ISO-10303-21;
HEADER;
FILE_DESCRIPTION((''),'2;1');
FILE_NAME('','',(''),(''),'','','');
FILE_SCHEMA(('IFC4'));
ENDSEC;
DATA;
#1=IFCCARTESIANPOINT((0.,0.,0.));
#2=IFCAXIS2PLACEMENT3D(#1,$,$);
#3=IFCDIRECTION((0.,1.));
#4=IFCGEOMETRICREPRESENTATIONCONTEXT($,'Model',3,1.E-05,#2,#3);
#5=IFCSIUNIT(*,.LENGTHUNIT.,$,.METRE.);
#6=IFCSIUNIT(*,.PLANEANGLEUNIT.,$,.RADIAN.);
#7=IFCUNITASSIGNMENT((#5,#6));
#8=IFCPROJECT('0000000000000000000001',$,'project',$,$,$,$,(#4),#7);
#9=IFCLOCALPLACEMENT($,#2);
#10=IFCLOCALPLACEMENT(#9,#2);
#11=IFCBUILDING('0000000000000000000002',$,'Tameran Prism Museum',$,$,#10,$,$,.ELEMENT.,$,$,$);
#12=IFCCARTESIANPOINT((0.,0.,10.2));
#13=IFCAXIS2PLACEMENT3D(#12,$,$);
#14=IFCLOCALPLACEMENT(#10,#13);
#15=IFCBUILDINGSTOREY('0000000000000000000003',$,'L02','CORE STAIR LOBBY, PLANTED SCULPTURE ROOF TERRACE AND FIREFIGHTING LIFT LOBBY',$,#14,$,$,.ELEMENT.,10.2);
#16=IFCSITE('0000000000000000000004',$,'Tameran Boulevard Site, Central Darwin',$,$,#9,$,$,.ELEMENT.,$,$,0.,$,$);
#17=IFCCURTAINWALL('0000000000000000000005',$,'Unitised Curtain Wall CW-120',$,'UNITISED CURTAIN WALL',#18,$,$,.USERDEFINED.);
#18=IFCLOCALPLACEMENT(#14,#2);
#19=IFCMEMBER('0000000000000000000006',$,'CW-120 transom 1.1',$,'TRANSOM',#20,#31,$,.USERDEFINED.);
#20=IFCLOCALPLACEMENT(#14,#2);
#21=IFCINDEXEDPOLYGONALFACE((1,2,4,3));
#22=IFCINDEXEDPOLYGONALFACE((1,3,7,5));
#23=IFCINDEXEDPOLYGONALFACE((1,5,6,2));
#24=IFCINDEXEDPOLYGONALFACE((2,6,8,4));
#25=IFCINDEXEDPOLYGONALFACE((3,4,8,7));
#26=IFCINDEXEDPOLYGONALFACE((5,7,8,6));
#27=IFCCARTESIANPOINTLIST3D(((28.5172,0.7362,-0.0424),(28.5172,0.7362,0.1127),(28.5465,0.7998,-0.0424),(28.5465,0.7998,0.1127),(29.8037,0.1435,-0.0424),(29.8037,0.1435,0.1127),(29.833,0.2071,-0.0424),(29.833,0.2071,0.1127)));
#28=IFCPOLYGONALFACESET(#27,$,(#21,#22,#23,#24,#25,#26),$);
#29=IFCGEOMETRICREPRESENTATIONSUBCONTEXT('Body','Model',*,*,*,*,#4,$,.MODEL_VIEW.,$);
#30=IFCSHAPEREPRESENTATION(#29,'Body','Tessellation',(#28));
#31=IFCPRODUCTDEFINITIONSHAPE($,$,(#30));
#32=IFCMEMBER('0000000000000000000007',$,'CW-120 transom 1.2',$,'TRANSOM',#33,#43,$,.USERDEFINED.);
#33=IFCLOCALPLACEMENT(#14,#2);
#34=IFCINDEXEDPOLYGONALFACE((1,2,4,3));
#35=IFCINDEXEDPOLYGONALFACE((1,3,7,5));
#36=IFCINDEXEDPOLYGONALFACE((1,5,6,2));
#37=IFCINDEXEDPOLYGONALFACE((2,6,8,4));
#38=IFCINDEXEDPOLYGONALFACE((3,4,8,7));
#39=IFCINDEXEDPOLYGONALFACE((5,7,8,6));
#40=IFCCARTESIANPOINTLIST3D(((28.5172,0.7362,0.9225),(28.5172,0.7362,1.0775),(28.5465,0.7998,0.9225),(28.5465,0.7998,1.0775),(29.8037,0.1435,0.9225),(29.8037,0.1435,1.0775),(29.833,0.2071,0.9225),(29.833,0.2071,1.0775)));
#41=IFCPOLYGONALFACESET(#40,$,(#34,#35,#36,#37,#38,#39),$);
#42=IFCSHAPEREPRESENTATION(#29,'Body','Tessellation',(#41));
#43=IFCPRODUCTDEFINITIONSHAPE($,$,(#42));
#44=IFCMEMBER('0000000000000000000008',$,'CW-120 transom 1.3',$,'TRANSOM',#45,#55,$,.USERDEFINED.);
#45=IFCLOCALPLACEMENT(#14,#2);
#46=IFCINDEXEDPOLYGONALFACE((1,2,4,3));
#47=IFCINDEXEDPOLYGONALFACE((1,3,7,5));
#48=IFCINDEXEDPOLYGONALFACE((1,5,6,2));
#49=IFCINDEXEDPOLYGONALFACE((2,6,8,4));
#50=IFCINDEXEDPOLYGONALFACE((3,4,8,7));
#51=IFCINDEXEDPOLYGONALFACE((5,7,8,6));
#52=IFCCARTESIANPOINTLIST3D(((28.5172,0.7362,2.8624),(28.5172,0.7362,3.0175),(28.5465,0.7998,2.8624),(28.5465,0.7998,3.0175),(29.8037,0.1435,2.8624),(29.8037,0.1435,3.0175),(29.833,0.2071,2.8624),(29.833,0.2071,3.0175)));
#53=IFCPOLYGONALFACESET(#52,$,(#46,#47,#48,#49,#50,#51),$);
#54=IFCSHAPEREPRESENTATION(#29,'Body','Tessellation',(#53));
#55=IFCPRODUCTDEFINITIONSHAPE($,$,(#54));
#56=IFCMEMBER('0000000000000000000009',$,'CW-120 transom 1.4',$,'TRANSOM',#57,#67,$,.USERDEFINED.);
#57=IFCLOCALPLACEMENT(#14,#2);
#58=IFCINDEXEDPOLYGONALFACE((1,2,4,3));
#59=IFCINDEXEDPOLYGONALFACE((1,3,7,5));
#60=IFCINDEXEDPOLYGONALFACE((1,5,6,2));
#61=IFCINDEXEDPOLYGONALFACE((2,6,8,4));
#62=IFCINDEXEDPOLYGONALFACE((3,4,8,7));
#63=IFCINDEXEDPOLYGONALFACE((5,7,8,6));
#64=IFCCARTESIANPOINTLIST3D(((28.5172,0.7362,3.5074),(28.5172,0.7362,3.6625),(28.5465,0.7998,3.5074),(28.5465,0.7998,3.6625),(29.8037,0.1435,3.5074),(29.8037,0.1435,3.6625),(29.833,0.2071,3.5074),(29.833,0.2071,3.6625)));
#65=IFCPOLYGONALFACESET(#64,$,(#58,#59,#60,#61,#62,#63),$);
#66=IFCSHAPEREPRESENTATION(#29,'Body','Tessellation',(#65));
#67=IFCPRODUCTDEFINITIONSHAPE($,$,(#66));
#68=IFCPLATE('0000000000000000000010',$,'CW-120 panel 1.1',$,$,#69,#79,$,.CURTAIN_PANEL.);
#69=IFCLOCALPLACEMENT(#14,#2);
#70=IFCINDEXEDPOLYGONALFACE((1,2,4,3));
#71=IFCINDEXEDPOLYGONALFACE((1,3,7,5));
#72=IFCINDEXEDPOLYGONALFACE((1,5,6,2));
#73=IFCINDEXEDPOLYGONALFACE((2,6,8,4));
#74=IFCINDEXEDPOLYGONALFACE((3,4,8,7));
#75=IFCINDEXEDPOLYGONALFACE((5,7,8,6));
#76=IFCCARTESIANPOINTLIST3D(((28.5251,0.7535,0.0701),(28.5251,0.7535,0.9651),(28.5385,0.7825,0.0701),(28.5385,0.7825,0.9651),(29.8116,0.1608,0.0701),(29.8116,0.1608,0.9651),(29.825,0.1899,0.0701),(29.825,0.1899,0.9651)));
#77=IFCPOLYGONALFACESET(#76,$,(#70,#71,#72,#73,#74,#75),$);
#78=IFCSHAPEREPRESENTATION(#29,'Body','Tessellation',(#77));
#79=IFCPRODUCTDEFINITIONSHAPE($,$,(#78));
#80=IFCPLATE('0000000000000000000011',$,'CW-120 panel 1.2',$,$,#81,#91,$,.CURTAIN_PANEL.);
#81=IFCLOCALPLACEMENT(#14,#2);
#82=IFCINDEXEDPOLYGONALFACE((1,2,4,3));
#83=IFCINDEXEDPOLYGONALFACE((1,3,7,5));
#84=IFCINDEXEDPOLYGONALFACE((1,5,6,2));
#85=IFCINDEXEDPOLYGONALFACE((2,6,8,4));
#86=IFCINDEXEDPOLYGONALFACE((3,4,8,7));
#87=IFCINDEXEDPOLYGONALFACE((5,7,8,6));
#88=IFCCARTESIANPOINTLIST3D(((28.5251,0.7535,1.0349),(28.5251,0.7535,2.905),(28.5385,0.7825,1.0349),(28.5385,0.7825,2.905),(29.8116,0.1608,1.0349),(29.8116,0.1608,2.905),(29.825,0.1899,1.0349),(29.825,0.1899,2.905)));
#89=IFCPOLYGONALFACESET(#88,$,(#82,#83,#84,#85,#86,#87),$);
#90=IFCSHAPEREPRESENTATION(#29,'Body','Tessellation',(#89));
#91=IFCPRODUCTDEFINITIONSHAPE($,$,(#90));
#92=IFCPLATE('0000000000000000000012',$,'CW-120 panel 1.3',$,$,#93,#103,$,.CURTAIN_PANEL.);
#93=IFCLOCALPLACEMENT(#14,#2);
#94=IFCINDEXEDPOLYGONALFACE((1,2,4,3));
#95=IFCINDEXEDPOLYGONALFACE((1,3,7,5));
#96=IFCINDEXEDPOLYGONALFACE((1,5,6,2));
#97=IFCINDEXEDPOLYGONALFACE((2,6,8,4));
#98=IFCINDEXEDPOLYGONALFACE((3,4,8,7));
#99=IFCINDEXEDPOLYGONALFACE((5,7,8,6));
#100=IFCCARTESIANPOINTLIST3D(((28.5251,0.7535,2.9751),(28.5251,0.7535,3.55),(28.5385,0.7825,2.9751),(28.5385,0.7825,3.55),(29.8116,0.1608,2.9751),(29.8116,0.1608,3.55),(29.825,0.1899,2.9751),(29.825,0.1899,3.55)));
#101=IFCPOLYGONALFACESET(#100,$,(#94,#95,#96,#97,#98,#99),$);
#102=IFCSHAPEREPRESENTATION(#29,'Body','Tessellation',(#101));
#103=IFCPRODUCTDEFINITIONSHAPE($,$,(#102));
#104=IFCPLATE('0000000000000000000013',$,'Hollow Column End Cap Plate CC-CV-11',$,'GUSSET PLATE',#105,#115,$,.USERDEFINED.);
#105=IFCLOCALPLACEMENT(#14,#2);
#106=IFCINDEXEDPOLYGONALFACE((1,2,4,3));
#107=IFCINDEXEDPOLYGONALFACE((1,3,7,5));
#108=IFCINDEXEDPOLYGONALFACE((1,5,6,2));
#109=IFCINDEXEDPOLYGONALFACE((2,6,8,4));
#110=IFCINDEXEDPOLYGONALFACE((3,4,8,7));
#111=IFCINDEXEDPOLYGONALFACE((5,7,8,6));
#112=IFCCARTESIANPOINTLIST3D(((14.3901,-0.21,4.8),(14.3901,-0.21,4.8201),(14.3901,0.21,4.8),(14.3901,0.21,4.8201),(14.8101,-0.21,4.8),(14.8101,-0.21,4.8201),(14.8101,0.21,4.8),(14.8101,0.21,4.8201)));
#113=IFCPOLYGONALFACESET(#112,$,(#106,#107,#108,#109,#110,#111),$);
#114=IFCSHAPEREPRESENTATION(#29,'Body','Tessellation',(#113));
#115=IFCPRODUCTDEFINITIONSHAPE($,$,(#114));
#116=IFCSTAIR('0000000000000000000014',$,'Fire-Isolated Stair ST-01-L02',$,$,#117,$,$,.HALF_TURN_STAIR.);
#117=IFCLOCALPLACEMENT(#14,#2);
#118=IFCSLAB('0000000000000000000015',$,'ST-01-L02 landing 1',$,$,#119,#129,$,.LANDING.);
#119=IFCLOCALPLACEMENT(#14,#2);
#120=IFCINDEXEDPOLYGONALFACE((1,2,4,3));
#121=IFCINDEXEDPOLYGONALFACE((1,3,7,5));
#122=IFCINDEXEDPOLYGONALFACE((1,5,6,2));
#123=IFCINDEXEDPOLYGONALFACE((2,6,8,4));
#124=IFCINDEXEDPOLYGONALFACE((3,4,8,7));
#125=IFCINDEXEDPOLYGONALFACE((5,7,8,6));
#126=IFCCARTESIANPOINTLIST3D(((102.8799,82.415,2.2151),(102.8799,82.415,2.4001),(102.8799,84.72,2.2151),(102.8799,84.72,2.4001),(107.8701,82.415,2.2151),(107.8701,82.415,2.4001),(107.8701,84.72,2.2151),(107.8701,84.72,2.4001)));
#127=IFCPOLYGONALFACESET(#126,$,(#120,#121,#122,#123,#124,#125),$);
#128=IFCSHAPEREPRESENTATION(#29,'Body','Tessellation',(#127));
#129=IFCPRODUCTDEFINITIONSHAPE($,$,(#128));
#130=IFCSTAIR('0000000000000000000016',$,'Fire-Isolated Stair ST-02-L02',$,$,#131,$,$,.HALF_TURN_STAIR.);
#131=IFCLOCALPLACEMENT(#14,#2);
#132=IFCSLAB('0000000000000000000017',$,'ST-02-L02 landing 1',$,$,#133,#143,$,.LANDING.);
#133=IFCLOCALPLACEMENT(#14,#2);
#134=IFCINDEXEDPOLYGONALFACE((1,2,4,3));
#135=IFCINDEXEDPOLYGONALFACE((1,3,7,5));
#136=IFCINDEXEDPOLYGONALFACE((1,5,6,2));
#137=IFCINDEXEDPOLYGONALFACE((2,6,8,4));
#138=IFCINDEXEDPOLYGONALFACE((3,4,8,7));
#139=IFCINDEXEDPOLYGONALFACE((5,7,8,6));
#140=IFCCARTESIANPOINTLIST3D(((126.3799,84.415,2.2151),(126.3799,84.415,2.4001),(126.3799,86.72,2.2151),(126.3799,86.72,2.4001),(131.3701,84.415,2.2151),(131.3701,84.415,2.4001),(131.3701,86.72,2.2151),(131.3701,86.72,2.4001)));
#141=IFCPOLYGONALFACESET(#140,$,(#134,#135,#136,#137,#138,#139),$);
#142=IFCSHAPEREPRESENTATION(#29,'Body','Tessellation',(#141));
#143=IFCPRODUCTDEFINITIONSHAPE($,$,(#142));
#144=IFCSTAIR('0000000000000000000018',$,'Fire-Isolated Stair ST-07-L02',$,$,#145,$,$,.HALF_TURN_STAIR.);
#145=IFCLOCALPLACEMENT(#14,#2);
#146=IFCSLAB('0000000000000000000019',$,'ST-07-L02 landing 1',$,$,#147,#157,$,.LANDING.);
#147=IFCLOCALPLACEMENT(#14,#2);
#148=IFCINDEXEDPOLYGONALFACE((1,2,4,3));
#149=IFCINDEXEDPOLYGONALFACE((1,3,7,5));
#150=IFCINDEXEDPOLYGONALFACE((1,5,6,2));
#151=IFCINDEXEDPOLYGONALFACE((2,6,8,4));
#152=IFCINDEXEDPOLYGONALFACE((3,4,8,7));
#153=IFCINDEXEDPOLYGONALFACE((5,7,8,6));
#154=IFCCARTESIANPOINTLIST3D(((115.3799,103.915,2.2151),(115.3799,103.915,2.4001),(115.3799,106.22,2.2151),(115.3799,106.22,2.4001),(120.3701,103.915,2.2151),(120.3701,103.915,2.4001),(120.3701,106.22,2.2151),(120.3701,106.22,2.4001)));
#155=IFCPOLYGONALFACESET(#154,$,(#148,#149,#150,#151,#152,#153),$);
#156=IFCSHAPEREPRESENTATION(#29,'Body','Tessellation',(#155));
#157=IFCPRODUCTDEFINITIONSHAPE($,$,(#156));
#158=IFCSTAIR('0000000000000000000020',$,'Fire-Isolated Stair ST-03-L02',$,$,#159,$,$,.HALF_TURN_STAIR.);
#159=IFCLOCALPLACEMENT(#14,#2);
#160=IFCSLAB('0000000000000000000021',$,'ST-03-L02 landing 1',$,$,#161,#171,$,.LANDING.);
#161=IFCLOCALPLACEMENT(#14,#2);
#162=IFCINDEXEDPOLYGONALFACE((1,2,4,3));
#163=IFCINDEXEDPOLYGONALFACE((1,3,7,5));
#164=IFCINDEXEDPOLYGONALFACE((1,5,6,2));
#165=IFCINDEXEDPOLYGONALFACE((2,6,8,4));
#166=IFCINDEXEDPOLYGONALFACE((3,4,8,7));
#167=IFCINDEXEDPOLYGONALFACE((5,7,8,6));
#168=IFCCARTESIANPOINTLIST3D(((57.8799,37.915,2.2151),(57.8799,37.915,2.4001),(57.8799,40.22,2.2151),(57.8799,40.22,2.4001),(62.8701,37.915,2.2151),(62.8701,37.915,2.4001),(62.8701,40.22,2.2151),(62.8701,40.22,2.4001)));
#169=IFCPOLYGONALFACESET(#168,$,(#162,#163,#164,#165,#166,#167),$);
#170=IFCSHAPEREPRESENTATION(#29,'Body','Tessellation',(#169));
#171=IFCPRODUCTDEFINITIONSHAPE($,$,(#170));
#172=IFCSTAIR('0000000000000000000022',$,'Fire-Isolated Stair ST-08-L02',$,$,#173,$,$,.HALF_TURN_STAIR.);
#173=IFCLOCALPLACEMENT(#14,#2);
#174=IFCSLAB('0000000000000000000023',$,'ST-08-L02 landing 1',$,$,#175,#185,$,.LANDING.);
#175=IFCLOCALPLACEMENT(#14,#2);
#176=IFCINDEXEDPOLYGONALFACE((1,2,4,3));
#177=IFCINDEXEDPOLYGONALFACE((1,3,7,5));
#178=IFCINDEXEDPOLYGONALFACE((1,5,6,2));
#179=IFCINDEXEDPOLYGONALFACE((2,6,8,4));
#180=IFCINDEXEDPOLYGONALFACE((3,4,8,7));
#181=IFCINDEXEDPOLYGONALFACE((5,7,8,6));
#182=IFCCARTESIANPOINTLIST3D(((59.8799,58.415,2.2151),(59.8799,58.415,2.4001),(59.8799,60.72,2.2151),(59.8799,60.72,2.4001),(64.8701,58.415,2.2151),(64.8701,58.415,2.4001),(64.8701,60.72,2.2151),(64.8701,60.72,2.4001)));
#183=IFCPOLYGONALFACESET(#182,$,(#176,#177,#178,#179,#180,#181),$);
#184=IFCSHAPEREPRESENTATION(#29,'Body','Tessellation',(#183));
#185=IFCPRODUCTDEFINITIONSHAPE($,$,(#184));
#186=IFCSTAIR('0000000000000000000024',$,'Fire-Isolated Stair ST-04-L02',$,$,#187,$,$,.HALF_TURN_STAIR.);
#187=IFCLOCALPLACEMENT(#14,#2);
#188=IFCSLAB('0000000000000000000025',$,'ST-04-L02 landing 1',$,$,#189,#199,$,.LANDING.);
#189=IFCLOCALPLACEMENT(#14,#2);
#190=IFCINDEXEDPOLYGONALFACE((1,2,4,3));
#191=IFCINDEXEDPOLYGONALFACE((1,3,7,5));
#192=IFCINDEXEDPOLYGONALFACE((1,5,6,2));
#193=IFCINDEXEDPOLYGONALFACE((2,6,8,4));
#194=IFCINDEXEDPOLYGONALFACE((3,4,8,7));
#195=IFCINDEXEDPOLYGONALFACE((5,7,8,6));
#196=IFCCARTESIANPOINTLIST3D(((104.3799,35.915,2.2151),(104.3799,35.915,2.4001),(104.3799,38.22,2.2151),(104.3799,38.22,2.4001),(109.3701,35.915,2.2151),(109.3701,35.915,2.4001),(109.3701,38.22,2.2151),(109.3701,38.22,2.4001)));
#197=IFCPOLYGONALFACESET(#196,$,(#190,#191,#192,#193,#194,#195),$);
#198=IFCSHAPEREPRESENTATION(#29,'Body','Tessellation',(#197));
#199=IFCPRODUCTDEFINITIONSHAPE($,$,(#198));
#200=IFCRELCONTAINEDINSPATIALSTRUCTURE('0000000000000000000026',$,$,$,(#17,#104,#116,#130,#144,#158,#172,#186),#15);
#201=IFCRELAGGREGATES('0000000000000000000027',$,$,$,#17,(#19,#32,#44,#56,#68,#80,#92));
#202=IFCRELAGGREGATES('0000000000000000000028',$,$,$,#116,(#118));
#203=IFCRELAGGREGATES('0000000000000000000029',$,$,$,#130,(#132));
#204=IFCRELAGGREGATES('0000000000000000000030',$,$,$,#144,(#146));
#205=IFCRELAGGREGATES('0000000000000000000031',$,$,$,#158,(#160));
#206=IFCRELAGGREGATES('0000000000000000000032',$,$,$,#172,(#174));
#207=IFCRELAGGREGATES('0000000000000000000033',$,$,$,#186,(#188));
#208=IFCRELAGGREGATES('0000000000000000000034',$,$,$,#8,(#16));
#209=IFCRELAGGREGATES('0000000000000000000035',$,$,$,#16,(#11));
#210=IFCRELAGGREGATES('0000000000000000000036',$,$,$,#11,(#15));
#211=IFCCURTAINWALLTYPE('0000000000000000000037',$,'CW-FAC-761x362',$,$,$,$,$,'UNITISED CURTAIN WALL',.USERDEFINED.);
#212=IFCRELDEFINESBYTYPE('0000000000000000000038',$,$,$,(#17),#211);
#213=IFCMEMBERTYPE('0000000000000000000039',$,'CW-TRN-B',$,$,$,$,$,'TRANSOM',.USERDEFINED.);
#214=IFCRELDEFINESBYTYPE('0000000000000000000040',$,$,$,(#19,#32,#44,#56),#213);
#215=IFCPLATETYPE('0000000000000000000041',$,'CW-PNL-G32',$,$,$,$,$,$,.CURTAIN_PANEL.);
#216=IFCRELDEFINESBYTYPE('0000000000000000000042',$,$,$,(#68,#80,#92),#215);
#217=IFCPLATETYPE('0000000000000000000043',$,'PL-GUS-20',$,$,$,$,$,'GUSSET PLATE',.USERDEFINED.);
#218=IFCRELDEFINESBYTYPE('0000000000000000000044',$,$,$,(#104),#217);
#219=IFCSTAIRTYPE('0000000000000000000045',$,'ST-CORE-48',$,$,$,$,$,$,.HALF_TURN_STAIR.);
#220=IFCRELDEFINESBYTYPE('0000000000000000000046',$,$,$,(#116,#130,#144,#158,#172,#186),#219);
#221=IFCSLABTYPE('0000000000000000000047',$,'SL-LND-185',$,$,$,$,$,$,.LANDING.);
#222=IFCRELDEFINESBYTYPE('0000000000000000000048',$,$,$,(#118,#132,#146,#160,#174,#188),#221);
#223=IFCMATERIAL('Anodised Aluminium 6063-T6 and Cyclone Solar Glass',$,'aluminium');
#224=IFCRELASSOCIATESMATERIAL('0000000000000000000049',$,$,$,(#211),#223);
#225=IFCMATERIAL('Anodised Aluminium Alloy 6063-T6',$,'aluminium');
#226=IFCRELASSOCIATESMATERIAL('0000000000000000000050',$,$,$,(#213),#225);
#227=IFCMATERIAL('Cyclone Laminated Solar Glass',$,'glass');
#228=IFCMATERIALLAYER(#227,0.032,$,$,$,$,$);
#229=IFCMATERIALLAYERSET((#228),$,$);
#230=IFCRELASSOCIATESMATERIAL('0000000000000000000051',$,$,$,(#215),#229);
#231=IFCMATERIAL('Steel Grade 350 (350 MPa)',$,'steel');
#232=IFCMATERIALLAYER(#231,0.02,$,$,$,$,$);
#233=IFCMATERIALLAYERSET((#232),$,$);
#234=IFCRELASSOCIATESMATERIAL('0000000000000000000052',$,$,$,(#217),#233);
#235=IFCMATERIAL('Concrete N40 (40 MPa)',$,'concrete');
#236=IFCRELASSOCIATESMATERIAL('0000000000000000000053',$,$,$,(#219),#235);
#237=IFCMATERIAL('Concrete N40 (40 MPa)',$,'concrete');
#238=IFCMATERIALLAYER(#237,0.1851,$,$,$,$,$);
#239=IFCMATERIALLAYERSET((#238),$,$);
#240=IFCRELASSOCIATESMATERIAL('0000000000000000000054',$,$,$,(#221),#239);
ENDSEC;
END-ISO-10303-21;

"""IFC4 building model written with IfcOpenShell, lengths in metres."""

from ifc_helpers import new_model, si_unit, direction, frame, origin, origin_2d, place, context, subcontext, project, spatial, polyline, rectangle, outline, extrude, material, layer, layer_set, material_profile, profile_set, type_object, element, aggregate, save


model = new_model("IFC4")

# Units and contexts
model_context = context("Model", 3, precision=1e-05, world=origin(), true_north=direction((0.0, 1.0)))
body_context = subcontext(model_context, "Body", "Model", "MODEL_VIEW")
ifc_project = project(units=[si_unit("LENGTHUNIT", "METRE"), si_unit("PLANEANGLEUNIT", "RADIAN")], contexts=[model_context])

# Site, building, storey
site_placement = place(None, origin())
site = spatial("IfcSite", under=ifc_project, at=site_placement, Name="Tameran Boulevard Site, Central Darwin", CompositionType="ELEMENT", RefElevation=0.0)
building_placement = place(site_placement, origin())
building = spatial("IfcBuilding", under=site, at=building_placement, Name="Tameran Prism Museum", CompositionType="ELEMENT")
storey_placement = place(building_placement, frame((0.0, 0.0, 10.2)))
storey = spatial("IfcBuildingStorey", under=building, at=storey_placement, Name="L02", Description="CORE STAIR LOBBY, PLANTED SCULPTURE ROOF TERRACE AND FIREFIGHTING LIFT LOBBY", CompositionType="ELEMENT", Elevation=10.2)

# Curtain wall, members, plates
ifc_material_1 = material(Name="Anodised Aluminium 6063-T6 and Cyclone Solar Glass", Category="aluminium")
curtain_wall_type = type_object("IfcCurtainWallType", Name="CW-FAC-761x362", ElementType="UNITISED CURTAIN WALL", PredefinedType="USERDEFINED", material=ifc_material_1)
curtain_wall_placement = place(storey_placement, origin())
curtain_wall = element("IfcCurtainWall", 1, at=curtain_wall_placement, inside=storey, type_object=curtain_wall_type, Name="Unitised Curtain Wall CW-120", ObjectType="UNITISED CURTAIN WALL", PredefinedType="USERDEFINED")
ifc_material_2 = material(Name="Anodised Aluminium Alloy 6063-T6", Category="aluminium")
ifc_material_profile_1 = material_profile(ifc_material_2, rectangle(XDim=0.0701, YDim=0.155, at=origin_2d()))
ifc_profile_set_1 = profile_set([ifc_material_profile_1])
member_type_1 = type_object("IfcMemberType", Name="CW-TRN-B", ElementType="TRANSOM", PredefinedType="USERDEFINED", material=ifc_profile_set_1)
member_1_placement = place(storey_placement, frame((29.8184, 0.1753, 0.0352), z_axis=(-0.908242, 0.418446, 0.0), x_axis=(-0.418446, -0.908242, 0.0)))
member_1 = element("IfcMember", 2, at=member_1_placement, type_object=member_type_1, Name="CW-120 transom 1.1", ObjectType="TRANSOM", PredefinedType="USERDEFINED", context=body_context, shape_type="SweptSolid", body=[
    extrude(rectangle(XDim=0.0701, YDim=0.155, at=origin_2d()), origin(), (0.0, 0.0, 1.0), 1.4165),
])
member_2_placement = place(storey_placement, frame((29.8184, 0.1753, 1.0), z_axis=(-0.908242, 0.418446, 0.0), x_axis=(-0.418446, -0.908242, 0.0)))
member_2 = element("IfcMember", 3, at=member_2_placement, type_object=member_type_1, Name="CW-120 transom 1.2", ObjectType="TRANSOM", PredefinedType="USERDEFINED", context=body_context, shape_type="SweptSolid", body=[
    extrude(rectangle(XDim=0.0701, YDim=0.155, at=origin_2d()), origin(), (0.0, 0.0, 1.0), 1.4165),
])
member_3_placement = place(storey_placement, frame((29.8184, 0.1753, 2.9399), z_axis=(-0.908242, 0.418446, 0.0), x_axis=(-0.418446, -0.908242, 0.0)))
member_3 = element("IfcMember", 4, at=member_3_placement, type_object=member_type_1, Name="CW-120 transom 1.3", ObjectType="TRANSOM", PredefinedType="USERDEFINED", context=body_context, shape_type="SweptSolid", body=[
    extrude(rectangle(XDim=0.0701, YDim=0.155, at=origin_2d()), origin(), (0.0, 0.0, 1.0), 1.4165),
])
member_4_placement = place(storey_placement, frame((29.8184, 0.1753, 3.585), z_axis=(-0.908242, 0.418446, 0.0), x_axis=(-0.418446, -0.908242, 0.0)))
member_4 = element("IfcMember", 5, at=member_4_placement, type_object=member_type_1, Name="CW-120 transom 1.4", ObjectType="TRANSOM", PredefinedType="USERDEFINED", context=body_context, shape_type="SweptSolid", body=[
    extrude(rectangle(XDim=0.0701, YDim=0.155, at=origin_2d()), origin(), (0.0, 0.0, 1.0), 1.4165),
])
ifc_material_3 = material(Name="Cyclone Laminated Solar Glass", Category="glass")
ifc_layer_1 = layer(ifc_material_3, 0.032)
ifc_layer_set_1 = layer_set([ifc_layer_1])
plate_type_1 = type_object("IfcPlateType", Name="CW-PNL-G32", PredefinedType="CURTAIN_PANEL", material=ifc_layer_set_1)
plate_1_placement = place(storey_placement, frame((29.175, 0.4717, 0.0701), z_axis=(0.0, 0.0, 1.0), x_axis=(-0.908271, 0.418383, 0.0)))
plate_1 = element("IfcPlate", 6, at=plate_1_placement, type_object=plate_type_1, Name="CW-120 panel 1.1", PredefinedType="CURTAIN_PANEL", context=body_context, shape_type="SweptSolid", body=[
    extrude(rectangle(XDim=1.4165, YDim=0.032, at=origin_2d()), origin(), (0.0, 0.0, 1.0), 0.895),
])
plate_2_placement = place(storey_placement, frame((29.175, 0.4717, 1.0349), z_axis=(0.0, 0.0, 1.0), x_axis=(-0.908271, 0.418383, 0.0)))
plate_2 = element("IfcPlate", 7, at=plate_2_placement, type_object=plate_type_1, Name="CW-120 panel 1.2", PredefinedType="CURTAIN_PANEL", context=body_context, shape_type="SweptSolid", body=[
    extrude(rectangle(XDim=1.4165, YDim=0.032, at=origin_2d()), origin(), (0.0, 0.0, 1.0), 1.8701),
])
plate_3_placement = place(storey_placement, frame((29.175, 0.4717, 2.9751), z_axis=(0.0, 0.0, 1.0), x_axis=(-0.908271, 0.418383, 0.0)))
plate_3 = element("IfcPlate", 8, at=plate_3_placement, type_object=plate_type_1, Name="CW-120 panel 1.3", PredefinedType="CURTAIN_PANEL", context=body_context, shape_type="SweptSolid", body=[
    extrude(rectangle(XDim=1.4165, YDim=0.032, at=origin_2d()), origin(), (0.0, 0.0, 1.0), 0.575),
])
aggregate(curtain_wall, [member_1, member_2, member_3, member_4, plate_1, plate_2, plate_3])

# Plate
ifc_material_4 = material(Name="Steel Grade 350 (350 MPa)", Category="steel")
ifc_layer_2 = layer(ifc_material_4, 0.02)
ifc_layer_set_2 = layer_set([ifc_layer_2])
plate_type_2 = type_object("IfcPlateType", Name="PL-GUS-20", ElementType="GUSSET PLATE", PredefinedType="USERDEFINED", material=ifc_layer_set_2)
plate_4_placement = place(storey_placement, frame((14.6001, 0.0, 4.8), z_axis=(0.0, 0.0, 1.0), x_axis=(1.0, 0.0, 0.0)))
element("IfcPlate", 9, at=plate_4_placement, inside=storey, type_object=plate_type_2, Name="Hollow Column End Cap Plate CC-CV-11", ObjectType="GUSSET PLATE", PredefinedType="USERDEFINED", context=body_context, shape_type="SweptSolid", body=[
    extrude(rectangle(XDim=0.4199, YDim=0.4199, at=origin_2d()), origin(), (0.0, 0.0, 1.0), 0.02),
])

# Stairs, slabs
ifc_material_5 = material(Name="Concrete N40 (40 MPa)", Category="concrete")
stair_type_1 = type_object("IfcStairType", Name="ST-CORE-48", PredefinedType="HALF_TURN_STAIR", material=ifc_material_5)
stair_1_placement = place(storey_placement, origin())
stair_1 = element("IfcStair", 10, at=stair_1_placement, inside=storey, type_object=stair_type_1, Name="Fire-Isolated Stair ST-01-L02", PredefinedType="HALF_TURN_STAIR")
ifc_material_6 = material(Name="Concrete N40 (40 MPa)", Category="concrete")
ifc_layer_3 = layer(ifc_material_6, 0.1851)
ifc_layer_set_3 = layer_set([ifc_layer_3])
slab_type_1 = type_object("IfcSlabType", Name="SL-LND-185", PredefinedType="LANDING", material=ifc_layer_set_3)
slab_1_placement = place(storey_placement, frame((0.0, 0.0, 2.2151)))
slab_1 = element("IfcSlab", 11, at=slab_1_placement, type_object=slab_type_1, Name="ST-01-L02 landing 1", PredefinedType="LANDING", context=body_context, shape_type="SweptSolid", body=[
    extrude(outline(polyline([(102.8799, 82.415), (107.8701, 82.415), (107.8701, 84.72), (102.8799, 84.72), (102.8799, 82.415)])), origin(), (0.0, 0.0, 1.0), 0.1851),
])
aggregate(stair_1, [slab_1])
stair_2_placement = place(storey_placement, origin())
stair_2 = element("IfcStair", 12, at=stair_2_placement, inside=storey, type_object=stair_type_1, Name="Fire-Isolated Stair ST-02-L02", PredefinedType="HALF_TURN_STAIR")
slab_2_placement = place(storey_placement, frame((0.0, 0.0, 2.2151)))
slab_2 = element("IfcSlab", 13, at=slab_2_placement, type_object=slab_type_1, Name="ST-02-L02 landing 1", PredefinedType="LANDING", context=body_context, shape_type="SweptSolid", body=[
    extrude(outline(polyline([(126.3799, 84.415), (131.3701, 84.415), (131.3701, 86.72), (126.3799, 86.72), (126.3799, 84.415)])), origin(), (0.0, 0.0, 1.0), 0.1851),
])
aggregate(stair_2, [slab_2])
stair_3_placement = place(storey_placement, origin())
stair_3 = element("IfcStair", 14, at=stair_3_placement, inside=storey, type_object=stair_type_1, Name="Fire-Isolated Stair ST-07-L02", PredefinedType="HALF_TURN_STAIR")
slab_3_placement = place(storey_placement, frame((0.0, 0.0, 2.2151)))
slab_3 = element("IfcSlab", 15, at=slab_3_placement, type_object=slab_type_1, Name="ST-07-L02 landing 1", PredefinedType="LANDING", context=body_context, shape_type="SweptSolid", body=[
    extrude(outline(polyline([(115.3799, 103.915), (120.3701, 103.915), (120.3701, 106.22), (115.3799, 106.22), (115.3799, 103.915)])), origin(), (0.0, 0.0, 1.0), 0.1851),
])
aggregate(stair_3, [slab_3])
stair_4_placement = place(storey_placement, origin())
stair_4 = element("IfcStair", 16, at=stair_4_placement, inside=storey, type_object=stair_type_1, Name="Fire-Isolated Stair ST-03-L02", PredefinedType="HALF_TURN_STAIR")
slab_4_placement = place(storey_placement, frame((0.0, 0.0, 2.2151)))
slab_4 = element("IfcSlab", 17, at=slab_4_placement, type_object=slab_type_1, Name="ST-03-L02 landing 1", PredefinedType="LANDING", context=body_context, shape_type="SweptSolid", body=[
    extrude(outline(polyline([(57.8799, 37.915), (62.8701, 37.915), (62.8701, 40.22), (57.8799, 40.22), (57.8799, 37.915)])), origin(), (0.0, 0.0, 1.0), 0.1851),
])
aggregate(stair_4, [slab_4])
stair_5_placement = place(storey_placement, origin())
stair_5 = element("IfcStair", 18, at=stair_5_placement, inside=storey, type_object=stair_type_1, Name="Fire-Isolated Stair ST-08-L02", PredefinedType="HALF_TURN_STAIR")
slab_5_placement = place(storey_placement, frame((0.0, 0.0, 2.2151)))
slab_5 = element("IfcSlab", 19, at=slab_5_placement, type_object=slab_type_1, Name="ST-08-L02 landing 1", PredefinedType="LANDING", context=body_context, shape_type="SweptSolid", body=[
    extrude(outline(polyline([(59.8799, 58.415), (64.8701, 58.415), (64.8701, 60.72), (59.8799, 60.72), (59.8799, 58.415)])), origin(), (0.0, 0.0, 1.0), 0.1851),
])
aggregate(stair_5, [slab_5])
stair_6_placement = place(storey_placement, origin())
stair_6 = element("IfcStair", 20, at=stair_6_placement, inside=storey, type_object=stair_type_1, Name="Fire-Isolated Stair ST-04-L02", PredefinedType="HALF_TURN_STAIR")
slab_6_placement = place(storey_placement, frame((0.0, 0.0, 2.2151)))
slab_6 = element("IfcSlab", 21, at=slab_6_placement, type_object=slab_type_1, Name="ST-04-L02 landing 1", PredefinedType="LANDING", context=body_context, shape_type="SweptSolid", body=[
    extrude(outline(polyline([(104.3799, 35.915), (109.3701, 35.915), (109.3701, 38.22), (104.3799, 38.22), (104.3799, 35.915)])), origin(), (0.0, 0.0, 1.0), 0.1851),
])
aggregate(stair_6, [slab_6])

save(model, "model.ifc")
